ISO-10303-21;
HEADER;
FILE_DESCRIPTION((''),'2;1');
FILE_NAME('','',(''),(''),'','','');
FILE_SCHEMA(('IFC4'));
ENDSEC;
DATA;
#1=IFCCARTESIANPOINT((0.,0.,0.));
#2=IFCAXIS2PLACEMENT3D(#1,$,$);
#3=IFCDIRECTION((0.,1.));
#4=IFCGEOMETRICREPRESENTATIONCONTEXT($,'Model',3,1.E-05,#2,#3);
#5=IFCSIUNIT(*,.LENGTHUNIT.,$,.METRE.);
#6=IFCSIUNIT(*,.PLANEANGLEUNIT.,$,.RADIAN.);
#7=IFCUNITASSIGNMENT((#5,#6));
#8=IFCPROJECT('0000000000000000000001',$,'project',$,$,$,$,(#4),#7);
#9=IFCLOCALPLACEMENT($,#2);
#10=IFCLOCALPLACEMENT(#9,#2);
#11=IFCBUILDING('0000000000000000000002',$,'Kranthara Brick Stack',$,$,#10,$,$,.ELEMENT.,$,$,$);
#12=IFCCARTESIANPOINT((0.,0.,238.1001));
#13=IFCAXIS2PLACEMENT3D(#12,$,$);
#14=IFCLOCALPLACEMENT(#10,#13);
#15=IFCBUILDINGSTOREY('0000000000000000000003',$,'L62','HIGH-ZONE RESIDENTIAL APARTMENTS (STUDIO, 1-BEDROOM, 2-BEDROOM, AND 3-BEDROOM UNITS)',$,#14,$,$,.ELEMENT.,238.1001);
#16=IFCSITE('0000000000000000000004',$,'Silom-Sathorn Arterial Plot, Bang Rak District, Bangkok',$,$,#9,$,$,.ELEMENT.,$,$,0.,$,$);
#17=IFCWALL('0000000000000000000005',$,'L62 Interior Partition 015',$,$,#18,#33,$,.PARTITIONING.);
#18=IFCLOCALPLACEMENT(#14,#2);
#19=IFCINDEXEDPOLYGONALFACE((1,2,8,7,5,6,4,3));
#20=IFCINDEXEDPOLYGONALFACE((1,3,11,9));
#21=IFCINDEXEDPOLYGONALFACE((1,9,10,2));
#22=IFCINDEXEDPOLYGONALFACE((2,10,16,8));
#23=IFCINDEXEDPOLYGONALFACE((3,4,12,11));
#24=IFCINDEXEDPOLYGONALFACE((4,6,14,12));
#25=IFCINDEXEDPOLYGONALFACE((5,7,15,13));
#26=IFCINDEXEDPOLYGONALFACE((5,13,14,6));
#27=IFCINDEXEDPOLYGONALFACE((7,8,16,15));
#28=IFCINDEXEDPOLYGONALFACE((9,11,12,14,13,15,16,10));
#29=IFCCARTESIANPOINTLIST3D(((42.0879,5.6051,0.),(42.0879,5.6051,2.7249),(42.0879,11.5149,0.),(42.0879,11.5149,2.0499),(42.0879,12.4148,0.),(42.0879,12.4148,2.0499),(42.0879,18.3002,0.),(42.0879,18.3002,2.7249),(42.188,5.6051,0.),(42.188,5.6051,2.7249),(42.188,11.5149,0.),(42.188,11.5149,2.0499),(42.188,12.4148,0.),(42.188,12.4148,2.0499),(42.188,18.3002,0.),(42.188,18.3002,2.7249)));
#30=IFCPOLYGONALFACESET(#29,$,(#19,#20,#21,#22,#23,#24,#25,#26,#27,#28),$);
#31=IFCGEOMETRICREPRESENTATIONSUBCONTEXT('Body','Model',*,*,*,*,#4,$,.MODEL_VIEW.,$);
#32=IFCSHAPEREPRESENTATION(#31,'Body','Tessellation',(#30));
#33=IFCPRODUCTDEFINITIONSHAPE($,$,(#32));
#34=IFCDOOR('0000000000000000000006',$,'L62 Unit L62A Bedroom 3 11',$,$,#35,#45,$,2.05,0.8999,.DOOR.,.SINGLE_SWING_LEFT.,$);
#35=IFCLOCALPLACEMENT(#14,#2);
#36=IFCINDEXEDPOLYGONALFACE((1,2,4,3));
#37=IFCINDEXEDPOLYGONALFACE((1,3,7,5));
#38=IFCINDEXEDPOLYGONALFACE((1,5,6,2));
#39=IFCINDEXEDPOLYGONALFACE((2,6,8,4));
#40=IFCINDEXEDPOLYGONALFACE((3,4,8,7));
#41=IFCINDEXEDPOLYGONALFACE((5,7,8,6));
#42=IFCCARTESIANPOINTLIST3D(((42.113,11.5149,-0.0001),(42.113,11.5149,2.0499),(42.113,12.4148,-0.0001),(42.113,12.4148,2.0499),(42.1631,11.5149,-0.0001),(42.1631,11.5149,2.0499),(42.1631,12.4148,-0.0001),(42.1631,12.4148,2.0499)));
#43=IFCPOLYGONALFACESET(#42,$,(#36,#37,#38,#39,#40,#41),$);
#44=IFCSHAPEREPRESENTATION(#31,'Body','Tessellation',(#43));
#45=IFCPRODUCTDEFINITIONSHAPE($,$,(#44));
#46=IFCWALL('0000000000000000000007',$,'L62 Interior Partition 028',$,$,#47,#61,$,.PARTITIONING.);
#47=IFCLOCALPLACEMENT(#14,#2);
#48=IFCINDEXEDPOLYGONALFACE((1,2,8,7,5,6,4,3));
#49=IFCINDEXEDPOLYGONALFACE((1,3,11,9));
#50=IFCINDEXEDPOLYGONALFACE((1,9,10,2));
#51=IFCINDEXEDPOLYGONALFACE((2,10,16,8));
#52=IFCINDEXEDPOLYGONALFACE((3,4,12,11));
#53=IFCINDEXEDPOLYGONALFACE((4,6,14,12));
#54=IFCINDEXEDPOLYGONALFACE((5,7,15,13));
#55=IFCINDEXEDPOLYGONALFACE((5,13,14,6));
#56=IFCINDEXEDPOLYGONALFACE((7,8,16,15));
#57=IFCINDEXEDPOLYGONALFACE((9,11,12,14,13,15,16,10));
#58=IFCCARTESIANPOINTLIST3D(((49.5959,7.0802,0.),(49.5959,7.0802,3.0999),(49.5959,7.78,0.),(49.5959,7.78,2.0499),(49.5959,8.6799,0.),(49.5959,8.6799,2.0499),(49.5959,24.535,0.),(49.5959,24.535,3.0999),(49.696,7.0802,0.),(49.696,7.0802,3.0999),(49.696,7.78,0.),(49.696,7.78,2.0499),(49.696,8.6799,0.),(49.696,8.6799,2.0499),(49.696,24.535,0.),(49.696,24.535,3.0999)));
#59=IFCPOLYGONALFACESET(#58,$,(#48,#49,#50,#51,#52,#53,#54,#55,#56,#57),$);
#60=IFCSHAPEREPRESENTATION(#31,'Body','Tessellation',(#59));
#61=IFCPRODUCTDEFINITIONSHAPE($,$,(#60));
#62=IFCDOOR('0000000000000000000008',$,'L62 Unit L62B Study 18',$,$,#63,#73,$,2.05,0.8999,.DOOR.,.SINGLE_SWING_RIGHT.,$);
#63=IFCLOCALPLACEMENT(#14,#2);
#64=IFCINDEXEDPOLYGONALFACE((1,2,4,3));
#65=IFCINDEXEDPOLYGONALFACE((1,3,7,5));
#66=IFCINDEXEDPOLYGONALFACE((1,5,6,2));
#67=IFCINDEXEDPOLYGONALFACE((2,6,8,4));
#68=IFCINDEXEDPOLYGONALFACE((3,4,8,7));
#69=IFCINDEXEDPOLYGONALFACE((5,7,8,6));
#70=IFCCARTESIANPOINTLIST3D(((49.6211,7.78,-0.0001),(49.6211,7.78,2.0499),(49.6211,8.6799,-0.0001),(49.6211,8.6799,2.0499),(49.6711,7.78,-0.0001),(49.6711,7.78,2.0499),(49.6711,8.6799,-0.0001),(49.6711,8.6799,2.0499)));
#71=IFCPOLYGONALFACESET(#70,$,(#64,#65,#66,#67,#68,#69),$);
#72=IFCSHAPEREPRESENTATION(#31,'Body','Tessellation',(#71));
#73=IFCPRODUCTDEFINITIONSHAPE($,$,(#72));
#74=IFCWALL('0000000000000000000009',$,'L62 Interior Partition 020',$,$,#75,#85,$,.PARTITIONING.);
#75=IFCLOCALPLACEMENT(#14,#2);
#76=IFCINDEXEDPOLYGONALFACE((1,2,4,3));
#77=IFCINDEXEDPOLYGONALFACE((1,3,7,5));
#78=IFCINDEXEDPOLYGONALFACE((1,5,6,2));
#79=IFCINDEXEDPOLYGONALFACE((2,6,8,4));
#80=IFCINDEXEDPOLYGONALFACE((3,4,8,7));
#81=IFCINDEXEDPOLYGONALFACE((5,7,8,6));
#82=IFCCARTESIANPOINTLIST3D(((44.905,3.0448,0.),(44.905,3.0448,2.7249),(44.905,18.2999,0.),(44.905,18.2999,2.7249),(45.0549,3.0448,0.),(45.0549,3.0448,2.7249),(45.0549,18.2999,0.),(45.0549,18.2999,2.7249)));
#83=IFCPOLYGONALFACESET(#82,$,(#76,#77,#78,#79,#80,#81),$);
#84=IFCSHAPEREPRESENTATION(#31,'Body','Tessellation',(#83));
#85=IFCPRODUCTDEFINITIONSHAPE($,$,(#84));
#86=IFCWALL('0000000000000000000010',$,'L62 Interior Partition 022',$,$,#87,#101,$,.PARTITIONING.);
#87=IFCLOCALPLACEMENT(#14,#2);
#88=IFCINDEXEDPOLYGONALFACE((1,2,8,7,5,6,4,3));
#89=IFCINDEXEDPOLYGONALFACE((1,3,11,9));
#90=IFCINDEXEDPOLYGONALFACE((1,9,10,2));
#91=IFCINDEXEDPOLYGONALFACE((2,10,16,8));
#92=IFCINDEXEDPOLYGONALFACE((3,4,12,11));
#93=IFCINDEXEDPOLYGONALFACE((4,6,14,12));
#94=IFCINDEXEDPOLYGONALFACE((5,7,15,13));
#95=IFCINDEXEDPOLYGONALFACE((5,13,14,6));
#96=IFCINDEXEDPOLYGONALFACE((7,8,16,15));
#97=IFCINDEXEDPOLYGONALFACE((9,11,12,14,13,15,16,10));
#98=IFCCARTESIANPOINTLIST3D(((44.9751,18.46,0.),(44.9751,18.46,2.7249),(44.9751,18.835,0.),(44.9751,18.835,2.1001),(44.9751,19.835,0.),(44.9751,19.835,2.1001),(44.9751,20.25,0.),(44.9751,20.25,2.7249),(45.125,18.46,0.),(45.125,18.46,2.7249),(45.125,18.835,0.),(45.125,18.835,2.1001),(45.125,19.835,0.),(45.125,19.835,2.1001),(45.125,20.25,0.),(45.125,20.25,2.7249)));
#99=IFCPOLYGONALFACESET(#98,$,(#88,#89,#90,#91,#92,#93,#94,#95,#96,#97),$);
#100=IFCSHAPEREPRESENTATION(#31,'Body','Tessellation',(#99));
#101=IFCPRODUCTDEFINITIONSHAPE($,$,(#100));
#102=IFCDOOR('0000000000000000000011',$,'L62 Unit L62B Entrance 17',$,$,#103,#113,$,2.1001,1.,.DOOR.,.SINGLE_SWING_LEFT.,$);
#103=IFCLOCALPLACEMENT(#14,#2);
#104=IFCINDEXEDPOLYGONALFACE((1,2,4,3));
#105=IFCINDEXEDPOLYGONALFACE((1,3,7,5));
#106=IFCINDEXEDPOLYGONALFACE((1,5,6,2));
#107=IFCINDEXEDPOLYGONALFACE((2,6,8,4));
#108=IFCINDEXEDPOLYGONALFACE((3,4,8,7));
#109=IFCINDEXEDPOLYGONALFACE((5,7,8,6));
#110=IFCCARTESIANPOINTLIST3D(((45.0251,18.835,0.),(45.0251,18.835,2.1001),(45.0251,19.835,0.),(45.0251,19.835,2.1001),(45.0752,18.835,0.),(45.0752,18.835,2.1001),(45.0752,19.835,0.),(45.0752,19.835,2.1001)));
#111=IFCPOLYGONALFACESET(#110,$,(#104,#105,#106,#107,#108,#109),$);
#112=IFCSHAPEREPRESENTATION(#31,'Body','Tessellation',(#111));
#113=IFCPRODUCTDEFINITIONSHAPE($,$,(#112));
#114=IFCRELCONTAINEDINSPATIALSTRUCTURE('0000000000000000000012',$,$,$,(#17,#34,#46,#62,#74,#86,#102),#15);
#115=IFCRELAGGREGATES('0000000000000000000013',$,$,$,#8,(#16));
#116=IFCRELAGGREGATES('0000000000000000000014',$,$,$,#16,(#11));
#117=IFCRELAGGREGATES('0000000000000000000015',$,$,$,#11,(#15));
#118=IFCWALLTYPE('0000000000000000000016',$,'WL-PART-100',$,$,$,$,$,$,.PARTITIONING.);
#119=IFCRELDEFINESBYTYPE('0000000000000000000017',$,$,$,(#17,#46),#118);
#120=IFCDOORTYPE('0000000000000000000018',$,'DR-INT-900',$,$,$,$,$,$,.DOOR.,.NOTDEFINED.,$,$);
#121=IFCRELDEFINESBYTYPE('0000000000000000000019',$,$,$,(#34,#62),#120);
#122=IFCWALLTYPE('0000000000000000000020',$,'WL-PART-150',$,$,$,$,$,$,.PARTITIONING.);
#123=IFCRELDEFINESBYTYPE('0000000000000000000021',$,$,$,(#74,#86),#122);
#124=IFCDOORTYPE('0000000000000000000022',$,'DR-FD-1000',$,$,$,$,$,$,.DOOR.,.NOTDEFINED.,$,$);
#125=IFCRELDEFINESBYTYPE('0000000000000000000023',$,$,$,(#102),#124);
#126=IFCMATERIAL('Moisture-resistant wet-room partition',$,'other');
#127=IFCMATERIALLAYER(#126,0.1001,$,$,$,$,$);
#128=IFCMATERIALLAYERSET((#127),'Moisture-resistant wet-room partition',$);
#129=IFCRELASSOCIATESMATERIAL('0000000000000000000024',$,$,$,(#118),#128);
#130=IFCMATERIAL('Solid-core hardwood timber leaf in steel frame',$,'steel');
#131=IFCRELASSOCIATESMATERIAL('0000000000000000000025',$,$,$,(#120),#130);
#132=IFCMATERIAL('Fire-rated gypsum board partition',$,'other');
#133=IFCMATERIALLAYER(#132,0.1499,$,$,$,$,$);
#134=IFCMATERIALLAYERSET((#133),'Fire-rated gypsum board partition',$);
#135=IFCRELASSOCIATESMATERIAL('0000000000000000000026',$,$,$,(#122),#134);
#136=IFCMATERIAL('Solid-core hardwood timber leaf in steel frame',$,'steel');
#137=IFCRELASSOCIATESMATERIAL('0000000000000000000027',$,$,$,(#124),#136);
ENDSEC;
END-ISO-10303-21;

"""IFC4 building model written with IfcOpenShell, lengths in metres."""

from ifc_helpers import new_model, si_unit, direction, frame, frame_2d, origin, place, context, subcontext, project, spatial, rectangle, extrude, material, layer, layer_set, type_object, element, fill, save


model = new_model("IFC4")

# Units and contexts
model_context = context("Model", 3, precision=1e-05, world=origin(), true_north=direction((0.0, 1.0)))
body_context = subcontext(model_context, "Body", "Model", "MODEL_VIEW")
ifc_project = project(units=[si_unit("LENGTHUNIT", "METRE"), si_unit("PLANEANGLEUNIT", "RADIAN")], contexts=[model_context])

# Site, building, storey
site_placement = place(None, origin())
site = spatial("IfcSite", under=ifc_project, at=site_placement, Name="Silom-Sathorn Arterial Plot, Bang Rak District, Bangkok", CompositionType="ELEMENT", RefElevation=0.0)
building_placement = place(site_placement, origin())
building = spatial("IfcBuilding", under=site, at=building_placement, Name="Kranthara Brick Stack", CompositionType="ELEMENT")
storey_placement = place(building_placement, frame((0.0, 0.0, 238.1001)))
storey = spatial("IfcBuildingStorey", under=building, at=storey_placement, Name="L62", Description="HIGH-ZONE RESIDENTIAL APARTMENTS (STUDIO, 1-BEDROOM, 2-BEDROOM, AND 3-BEDROOM UNITS)", CompositionType="ELEMENT", Elevation=238.1001)

# Walls, openings, doors
ifc_material_1 = material(Name="Moisture-resistant wet-room partition", Category="other")
ifc_layer_1 = layer(ifc_material_1, 0.1001)
ifc_layer_set_1 = layer_set([ifc_layer_1], Name="Moisture-resistant wet-room partition")
wall_type_1 = type_object("IfcWallType", Name="WL-PART-100", PredefinedType="PARTITIONING", material=ifc_layer_set_1)
wall_1_placement = place(storey_placement, frame((42.1379, 5.605, 0.0), z_axis=(0.0, 0.0, 1.0), x_axis=(0.0, 1.0, 0.0)))
wall_1 = element("IfcWall", 1, at=wall_1_placement, inside=storey, type_object=wall_type_1, Name="L62 Interior Partition 015", PredefinedType="PARTITIONING", context=body_context, shape_type="SweptSolid", body=[
    extrude(rectangle(XDim=12.6951, YDim=0.1001, at=frame_2d((6.3477, 0.0))), origin(), (0.0, 0.0, 1.0), 2.7249),
])
opening_1_placement = place(wall_1_placement, frame((5.9099, 0.0, 0.0)))
opening_1 = element("IfcOpeningElement", 2, at=opening_1_placement, cuts=wall_1, PredefinedType="OPENING", context=body_context, shape_type="SweptSolid", body=[
    extrude(rectangle(XDim=0.8999, YDim=2.05, at=frame_2d((0.45, 1.0249))), frame((0.0, 0.0601, 0.0), z_axis=(0.0, -1.0, 0.0), x_axis=(1.0, 0.0, 0.0)), (0.0, 0.0, 1.0), 0.1201),
])
ifc_material_2 = material(Name="Solid-core hardwood timber leaf in steel frame", Category="steel")
door_type_1 = type_object("IfcDoorType", Name="DR-INT-900", OperationType="NOTDEFINED", PredefinedType="DOOR", material=ifc_material_2)
door_1_placement = place(opening_1_placement, origin())
door_1 = element("IfcDoor", 3, at=door_1_placement, inside=storey, type_object=door_type_1, Name="L62 Unit L62A Bedroom 3 11", OperationType="SINGLE_SWING_LEFT", OverallHeight=2.05, OverallWidth=0.8999, PredefinedType="DOOR", context=body_context, shape_type="SweptSolid", body=[
    extrude(rectangle(XDim=0.8999, YDim=2.05, at=frame_2d((0.45, 1.0249))), frame((0.0, 0.0249, 0.0), z_axis=(0.0, -1.0, 0.0), x_axis=(1.0, 0.0, 0.0)), (0.0, 0.0, 1.0), 0.05),
])
fill(opening_1, door_1)
wall_2_placement = place(storey_placement, frame((49.646, 7.0801, 0.0), z_axis=(0.0, 0.0, 1.0), x_axis=(0.0, 1.0, 0.0)))
wall_2 = element("IfcWall", 4, at=wall_2_placement, inside=storey, type_object=wall_type_1, Name="L62 Interior Partition 028", PredefinedType="PARTITIONING", context=body_context, shape_type="SweptSolid", body=[
    extrude(rectangle(XDim=17.4548, YDim=0.1001, at=frame_2d((8.7275, 0.0))), origin(), (0.0, 0.0, 1.0), 3.0999),
])
opening_2_placement = place(wall_2_placement, frame((0.7, 0.0, 0.0)))
opening_2 = element("IfcOpeningElement", 5, at=opening_2_placement, cuts=wall_2, PredefinedType="OPENING", context=body_context, shape_type="SweptSolid", body=[
    extrude(rectangle(XDim=0.8999, YDim=2.05, at=frame_2d((0.45, 1.0249))), frame((0.0, 0.0601, 0.0), z_axis=(0.0, -1.0, 0.0), x_axis=(1.0, 0.0, 0.0)), (0.0, 0.0, 1.0), 0.1201),
])
door_2_placement = place(opening_2_placement, origin())
door_2 = element("IfcDoor", 6, at=door_2_placement, inside=storey, type_object=door_type_1, Name="L62 Unit L62B Study 18", OperationType="SINGLE_SWING_RIGHT", OverallHeight=2.05, OverallWidth=0.8999, PredefinedType="DOOR", context=body_context, shape_type="SweptSolid", body=[
    extrude(rectangle(XDim=0.8999, YDim=2.05, at=frame_2d((0.45, 1.0249))), frame((0.0, 0.0249, 0.0), z_axis=(0.0, -1.0, 0.0), x_axis=(1.0, 0.0, 0.0)), (0.0, 0.0, 1.0), 0.05),
])
fill(opening_2, door_2)

# Wall
ifc_material_3 = material(Name="Fire-rated gypsum board partition", Category="other")
ifc_layer_2 = layer(ifc_material_3, 0.1499)
ifc_layer_set_2 = layer_set([ifc_layer_2], Name="Fire-rated gypsum board partition")
wall_type_2 = type_object("IfcWallType", Name="WL-PART-150", PredefinedType="PARTITIONING", material=ifc_layer_set_2)
wall_3_placement = place(storey_placement, frame((44.98, 3.0449, 0.0), z_axis=(0.0, 0.0, 1.0), x_axis=(0.0, 1.0, 0.0)))
element("IfcWall", 7, at=wall_3_placement, inside=storey, type_object=wall_type_2, Name="L62 Interior Partition 020", PredefinedType="PARTITIONING", context=body_context, shape_type="SweptSolid", body=[
    extrude(rectangle(XDim=15.2551, YDim=0.1499, at=frame_2d((7.6274, 0.0))), origin(), (0.0, 0.0, 1.0), 2.7249),
])

# Wall, opening, door
wall_4_placement = place(storey_placement, frame((45.05, 18.46, 0.0), z_axis=(0.0, 0.0, 1.0), x_axis=(0.0, 1.0, 0.0)))
wall_4 = element("IfcWall", 8, at=wall_4_placement, inside=storey, type_object=wall_type_2, Name="L62 Interior Partition 022", PredefinedType="PARTITIONING", context=body_context, shape_type="SweptSolid", body=[
    extrude(rectangle(XDim=1.79, YDim=0.1499, at=frame_2d((0.895, 0.0))), origin(), (0.0, 0.0, 1.0), 2.7249),
])
opening_3_placement = place(wall_4_placement, frame((0.375, 0.0, 0.0)))
opening_3 = element("IfcOpeningElement", 9, at=opening_3_placement, cuts=wall_4, PredefinedType="OPENING", context=body_context, shape_type="SweptSolid", body=[
    extrude(rectangle(XDim=1.0, YDim=2.1001, at=frame_2d((0.5, 1.05))), frame((0.0, 0.085, 0.0), z_axis=(0.0, -1.0, 0.0), x_axis=(1.0, 0.0, 0.0)), (0.0, 0.0, 1.0), 0.1699),
])
ifc_material_4 = material(Name="Solid-core hardwood timber leaf in steel frame", Category="steel")
door_type_2 = type_object("IfcDoorType", Name="DR-FD-1000", OperationType="NOTDEFINED", PredefinedType="DOOR", material=ifc_material_4)
door_3_placement = place(opening_3_placement, origin())
door_3 = element("IfcDoor", 10, at=door_3_placement, inside=storey, type_object=door_type_2, Name="L62 Unit L62B Entrance 17", OperationType="SINGLE_SWING_LEFT", OverallHeight=2.1001, OverallWidth=1.0, PredefinedType="DOOR", context=body_context, shape_type="SweptSolid", body=[
    extrude(rectangle(XDim=1.0, YDim=2.1001, at=frame_2d((0.5, 1.05))), frame((0.0, 0.0249, 0.0), z_axis=(0.0, -1.0, 0.0), x_axis=(1.0, 0.0, 0.0)), (0.0, 0.0, 1.0), 0.05),
])
fill(opening_3, door_3)

save(model, "model.ifc")
